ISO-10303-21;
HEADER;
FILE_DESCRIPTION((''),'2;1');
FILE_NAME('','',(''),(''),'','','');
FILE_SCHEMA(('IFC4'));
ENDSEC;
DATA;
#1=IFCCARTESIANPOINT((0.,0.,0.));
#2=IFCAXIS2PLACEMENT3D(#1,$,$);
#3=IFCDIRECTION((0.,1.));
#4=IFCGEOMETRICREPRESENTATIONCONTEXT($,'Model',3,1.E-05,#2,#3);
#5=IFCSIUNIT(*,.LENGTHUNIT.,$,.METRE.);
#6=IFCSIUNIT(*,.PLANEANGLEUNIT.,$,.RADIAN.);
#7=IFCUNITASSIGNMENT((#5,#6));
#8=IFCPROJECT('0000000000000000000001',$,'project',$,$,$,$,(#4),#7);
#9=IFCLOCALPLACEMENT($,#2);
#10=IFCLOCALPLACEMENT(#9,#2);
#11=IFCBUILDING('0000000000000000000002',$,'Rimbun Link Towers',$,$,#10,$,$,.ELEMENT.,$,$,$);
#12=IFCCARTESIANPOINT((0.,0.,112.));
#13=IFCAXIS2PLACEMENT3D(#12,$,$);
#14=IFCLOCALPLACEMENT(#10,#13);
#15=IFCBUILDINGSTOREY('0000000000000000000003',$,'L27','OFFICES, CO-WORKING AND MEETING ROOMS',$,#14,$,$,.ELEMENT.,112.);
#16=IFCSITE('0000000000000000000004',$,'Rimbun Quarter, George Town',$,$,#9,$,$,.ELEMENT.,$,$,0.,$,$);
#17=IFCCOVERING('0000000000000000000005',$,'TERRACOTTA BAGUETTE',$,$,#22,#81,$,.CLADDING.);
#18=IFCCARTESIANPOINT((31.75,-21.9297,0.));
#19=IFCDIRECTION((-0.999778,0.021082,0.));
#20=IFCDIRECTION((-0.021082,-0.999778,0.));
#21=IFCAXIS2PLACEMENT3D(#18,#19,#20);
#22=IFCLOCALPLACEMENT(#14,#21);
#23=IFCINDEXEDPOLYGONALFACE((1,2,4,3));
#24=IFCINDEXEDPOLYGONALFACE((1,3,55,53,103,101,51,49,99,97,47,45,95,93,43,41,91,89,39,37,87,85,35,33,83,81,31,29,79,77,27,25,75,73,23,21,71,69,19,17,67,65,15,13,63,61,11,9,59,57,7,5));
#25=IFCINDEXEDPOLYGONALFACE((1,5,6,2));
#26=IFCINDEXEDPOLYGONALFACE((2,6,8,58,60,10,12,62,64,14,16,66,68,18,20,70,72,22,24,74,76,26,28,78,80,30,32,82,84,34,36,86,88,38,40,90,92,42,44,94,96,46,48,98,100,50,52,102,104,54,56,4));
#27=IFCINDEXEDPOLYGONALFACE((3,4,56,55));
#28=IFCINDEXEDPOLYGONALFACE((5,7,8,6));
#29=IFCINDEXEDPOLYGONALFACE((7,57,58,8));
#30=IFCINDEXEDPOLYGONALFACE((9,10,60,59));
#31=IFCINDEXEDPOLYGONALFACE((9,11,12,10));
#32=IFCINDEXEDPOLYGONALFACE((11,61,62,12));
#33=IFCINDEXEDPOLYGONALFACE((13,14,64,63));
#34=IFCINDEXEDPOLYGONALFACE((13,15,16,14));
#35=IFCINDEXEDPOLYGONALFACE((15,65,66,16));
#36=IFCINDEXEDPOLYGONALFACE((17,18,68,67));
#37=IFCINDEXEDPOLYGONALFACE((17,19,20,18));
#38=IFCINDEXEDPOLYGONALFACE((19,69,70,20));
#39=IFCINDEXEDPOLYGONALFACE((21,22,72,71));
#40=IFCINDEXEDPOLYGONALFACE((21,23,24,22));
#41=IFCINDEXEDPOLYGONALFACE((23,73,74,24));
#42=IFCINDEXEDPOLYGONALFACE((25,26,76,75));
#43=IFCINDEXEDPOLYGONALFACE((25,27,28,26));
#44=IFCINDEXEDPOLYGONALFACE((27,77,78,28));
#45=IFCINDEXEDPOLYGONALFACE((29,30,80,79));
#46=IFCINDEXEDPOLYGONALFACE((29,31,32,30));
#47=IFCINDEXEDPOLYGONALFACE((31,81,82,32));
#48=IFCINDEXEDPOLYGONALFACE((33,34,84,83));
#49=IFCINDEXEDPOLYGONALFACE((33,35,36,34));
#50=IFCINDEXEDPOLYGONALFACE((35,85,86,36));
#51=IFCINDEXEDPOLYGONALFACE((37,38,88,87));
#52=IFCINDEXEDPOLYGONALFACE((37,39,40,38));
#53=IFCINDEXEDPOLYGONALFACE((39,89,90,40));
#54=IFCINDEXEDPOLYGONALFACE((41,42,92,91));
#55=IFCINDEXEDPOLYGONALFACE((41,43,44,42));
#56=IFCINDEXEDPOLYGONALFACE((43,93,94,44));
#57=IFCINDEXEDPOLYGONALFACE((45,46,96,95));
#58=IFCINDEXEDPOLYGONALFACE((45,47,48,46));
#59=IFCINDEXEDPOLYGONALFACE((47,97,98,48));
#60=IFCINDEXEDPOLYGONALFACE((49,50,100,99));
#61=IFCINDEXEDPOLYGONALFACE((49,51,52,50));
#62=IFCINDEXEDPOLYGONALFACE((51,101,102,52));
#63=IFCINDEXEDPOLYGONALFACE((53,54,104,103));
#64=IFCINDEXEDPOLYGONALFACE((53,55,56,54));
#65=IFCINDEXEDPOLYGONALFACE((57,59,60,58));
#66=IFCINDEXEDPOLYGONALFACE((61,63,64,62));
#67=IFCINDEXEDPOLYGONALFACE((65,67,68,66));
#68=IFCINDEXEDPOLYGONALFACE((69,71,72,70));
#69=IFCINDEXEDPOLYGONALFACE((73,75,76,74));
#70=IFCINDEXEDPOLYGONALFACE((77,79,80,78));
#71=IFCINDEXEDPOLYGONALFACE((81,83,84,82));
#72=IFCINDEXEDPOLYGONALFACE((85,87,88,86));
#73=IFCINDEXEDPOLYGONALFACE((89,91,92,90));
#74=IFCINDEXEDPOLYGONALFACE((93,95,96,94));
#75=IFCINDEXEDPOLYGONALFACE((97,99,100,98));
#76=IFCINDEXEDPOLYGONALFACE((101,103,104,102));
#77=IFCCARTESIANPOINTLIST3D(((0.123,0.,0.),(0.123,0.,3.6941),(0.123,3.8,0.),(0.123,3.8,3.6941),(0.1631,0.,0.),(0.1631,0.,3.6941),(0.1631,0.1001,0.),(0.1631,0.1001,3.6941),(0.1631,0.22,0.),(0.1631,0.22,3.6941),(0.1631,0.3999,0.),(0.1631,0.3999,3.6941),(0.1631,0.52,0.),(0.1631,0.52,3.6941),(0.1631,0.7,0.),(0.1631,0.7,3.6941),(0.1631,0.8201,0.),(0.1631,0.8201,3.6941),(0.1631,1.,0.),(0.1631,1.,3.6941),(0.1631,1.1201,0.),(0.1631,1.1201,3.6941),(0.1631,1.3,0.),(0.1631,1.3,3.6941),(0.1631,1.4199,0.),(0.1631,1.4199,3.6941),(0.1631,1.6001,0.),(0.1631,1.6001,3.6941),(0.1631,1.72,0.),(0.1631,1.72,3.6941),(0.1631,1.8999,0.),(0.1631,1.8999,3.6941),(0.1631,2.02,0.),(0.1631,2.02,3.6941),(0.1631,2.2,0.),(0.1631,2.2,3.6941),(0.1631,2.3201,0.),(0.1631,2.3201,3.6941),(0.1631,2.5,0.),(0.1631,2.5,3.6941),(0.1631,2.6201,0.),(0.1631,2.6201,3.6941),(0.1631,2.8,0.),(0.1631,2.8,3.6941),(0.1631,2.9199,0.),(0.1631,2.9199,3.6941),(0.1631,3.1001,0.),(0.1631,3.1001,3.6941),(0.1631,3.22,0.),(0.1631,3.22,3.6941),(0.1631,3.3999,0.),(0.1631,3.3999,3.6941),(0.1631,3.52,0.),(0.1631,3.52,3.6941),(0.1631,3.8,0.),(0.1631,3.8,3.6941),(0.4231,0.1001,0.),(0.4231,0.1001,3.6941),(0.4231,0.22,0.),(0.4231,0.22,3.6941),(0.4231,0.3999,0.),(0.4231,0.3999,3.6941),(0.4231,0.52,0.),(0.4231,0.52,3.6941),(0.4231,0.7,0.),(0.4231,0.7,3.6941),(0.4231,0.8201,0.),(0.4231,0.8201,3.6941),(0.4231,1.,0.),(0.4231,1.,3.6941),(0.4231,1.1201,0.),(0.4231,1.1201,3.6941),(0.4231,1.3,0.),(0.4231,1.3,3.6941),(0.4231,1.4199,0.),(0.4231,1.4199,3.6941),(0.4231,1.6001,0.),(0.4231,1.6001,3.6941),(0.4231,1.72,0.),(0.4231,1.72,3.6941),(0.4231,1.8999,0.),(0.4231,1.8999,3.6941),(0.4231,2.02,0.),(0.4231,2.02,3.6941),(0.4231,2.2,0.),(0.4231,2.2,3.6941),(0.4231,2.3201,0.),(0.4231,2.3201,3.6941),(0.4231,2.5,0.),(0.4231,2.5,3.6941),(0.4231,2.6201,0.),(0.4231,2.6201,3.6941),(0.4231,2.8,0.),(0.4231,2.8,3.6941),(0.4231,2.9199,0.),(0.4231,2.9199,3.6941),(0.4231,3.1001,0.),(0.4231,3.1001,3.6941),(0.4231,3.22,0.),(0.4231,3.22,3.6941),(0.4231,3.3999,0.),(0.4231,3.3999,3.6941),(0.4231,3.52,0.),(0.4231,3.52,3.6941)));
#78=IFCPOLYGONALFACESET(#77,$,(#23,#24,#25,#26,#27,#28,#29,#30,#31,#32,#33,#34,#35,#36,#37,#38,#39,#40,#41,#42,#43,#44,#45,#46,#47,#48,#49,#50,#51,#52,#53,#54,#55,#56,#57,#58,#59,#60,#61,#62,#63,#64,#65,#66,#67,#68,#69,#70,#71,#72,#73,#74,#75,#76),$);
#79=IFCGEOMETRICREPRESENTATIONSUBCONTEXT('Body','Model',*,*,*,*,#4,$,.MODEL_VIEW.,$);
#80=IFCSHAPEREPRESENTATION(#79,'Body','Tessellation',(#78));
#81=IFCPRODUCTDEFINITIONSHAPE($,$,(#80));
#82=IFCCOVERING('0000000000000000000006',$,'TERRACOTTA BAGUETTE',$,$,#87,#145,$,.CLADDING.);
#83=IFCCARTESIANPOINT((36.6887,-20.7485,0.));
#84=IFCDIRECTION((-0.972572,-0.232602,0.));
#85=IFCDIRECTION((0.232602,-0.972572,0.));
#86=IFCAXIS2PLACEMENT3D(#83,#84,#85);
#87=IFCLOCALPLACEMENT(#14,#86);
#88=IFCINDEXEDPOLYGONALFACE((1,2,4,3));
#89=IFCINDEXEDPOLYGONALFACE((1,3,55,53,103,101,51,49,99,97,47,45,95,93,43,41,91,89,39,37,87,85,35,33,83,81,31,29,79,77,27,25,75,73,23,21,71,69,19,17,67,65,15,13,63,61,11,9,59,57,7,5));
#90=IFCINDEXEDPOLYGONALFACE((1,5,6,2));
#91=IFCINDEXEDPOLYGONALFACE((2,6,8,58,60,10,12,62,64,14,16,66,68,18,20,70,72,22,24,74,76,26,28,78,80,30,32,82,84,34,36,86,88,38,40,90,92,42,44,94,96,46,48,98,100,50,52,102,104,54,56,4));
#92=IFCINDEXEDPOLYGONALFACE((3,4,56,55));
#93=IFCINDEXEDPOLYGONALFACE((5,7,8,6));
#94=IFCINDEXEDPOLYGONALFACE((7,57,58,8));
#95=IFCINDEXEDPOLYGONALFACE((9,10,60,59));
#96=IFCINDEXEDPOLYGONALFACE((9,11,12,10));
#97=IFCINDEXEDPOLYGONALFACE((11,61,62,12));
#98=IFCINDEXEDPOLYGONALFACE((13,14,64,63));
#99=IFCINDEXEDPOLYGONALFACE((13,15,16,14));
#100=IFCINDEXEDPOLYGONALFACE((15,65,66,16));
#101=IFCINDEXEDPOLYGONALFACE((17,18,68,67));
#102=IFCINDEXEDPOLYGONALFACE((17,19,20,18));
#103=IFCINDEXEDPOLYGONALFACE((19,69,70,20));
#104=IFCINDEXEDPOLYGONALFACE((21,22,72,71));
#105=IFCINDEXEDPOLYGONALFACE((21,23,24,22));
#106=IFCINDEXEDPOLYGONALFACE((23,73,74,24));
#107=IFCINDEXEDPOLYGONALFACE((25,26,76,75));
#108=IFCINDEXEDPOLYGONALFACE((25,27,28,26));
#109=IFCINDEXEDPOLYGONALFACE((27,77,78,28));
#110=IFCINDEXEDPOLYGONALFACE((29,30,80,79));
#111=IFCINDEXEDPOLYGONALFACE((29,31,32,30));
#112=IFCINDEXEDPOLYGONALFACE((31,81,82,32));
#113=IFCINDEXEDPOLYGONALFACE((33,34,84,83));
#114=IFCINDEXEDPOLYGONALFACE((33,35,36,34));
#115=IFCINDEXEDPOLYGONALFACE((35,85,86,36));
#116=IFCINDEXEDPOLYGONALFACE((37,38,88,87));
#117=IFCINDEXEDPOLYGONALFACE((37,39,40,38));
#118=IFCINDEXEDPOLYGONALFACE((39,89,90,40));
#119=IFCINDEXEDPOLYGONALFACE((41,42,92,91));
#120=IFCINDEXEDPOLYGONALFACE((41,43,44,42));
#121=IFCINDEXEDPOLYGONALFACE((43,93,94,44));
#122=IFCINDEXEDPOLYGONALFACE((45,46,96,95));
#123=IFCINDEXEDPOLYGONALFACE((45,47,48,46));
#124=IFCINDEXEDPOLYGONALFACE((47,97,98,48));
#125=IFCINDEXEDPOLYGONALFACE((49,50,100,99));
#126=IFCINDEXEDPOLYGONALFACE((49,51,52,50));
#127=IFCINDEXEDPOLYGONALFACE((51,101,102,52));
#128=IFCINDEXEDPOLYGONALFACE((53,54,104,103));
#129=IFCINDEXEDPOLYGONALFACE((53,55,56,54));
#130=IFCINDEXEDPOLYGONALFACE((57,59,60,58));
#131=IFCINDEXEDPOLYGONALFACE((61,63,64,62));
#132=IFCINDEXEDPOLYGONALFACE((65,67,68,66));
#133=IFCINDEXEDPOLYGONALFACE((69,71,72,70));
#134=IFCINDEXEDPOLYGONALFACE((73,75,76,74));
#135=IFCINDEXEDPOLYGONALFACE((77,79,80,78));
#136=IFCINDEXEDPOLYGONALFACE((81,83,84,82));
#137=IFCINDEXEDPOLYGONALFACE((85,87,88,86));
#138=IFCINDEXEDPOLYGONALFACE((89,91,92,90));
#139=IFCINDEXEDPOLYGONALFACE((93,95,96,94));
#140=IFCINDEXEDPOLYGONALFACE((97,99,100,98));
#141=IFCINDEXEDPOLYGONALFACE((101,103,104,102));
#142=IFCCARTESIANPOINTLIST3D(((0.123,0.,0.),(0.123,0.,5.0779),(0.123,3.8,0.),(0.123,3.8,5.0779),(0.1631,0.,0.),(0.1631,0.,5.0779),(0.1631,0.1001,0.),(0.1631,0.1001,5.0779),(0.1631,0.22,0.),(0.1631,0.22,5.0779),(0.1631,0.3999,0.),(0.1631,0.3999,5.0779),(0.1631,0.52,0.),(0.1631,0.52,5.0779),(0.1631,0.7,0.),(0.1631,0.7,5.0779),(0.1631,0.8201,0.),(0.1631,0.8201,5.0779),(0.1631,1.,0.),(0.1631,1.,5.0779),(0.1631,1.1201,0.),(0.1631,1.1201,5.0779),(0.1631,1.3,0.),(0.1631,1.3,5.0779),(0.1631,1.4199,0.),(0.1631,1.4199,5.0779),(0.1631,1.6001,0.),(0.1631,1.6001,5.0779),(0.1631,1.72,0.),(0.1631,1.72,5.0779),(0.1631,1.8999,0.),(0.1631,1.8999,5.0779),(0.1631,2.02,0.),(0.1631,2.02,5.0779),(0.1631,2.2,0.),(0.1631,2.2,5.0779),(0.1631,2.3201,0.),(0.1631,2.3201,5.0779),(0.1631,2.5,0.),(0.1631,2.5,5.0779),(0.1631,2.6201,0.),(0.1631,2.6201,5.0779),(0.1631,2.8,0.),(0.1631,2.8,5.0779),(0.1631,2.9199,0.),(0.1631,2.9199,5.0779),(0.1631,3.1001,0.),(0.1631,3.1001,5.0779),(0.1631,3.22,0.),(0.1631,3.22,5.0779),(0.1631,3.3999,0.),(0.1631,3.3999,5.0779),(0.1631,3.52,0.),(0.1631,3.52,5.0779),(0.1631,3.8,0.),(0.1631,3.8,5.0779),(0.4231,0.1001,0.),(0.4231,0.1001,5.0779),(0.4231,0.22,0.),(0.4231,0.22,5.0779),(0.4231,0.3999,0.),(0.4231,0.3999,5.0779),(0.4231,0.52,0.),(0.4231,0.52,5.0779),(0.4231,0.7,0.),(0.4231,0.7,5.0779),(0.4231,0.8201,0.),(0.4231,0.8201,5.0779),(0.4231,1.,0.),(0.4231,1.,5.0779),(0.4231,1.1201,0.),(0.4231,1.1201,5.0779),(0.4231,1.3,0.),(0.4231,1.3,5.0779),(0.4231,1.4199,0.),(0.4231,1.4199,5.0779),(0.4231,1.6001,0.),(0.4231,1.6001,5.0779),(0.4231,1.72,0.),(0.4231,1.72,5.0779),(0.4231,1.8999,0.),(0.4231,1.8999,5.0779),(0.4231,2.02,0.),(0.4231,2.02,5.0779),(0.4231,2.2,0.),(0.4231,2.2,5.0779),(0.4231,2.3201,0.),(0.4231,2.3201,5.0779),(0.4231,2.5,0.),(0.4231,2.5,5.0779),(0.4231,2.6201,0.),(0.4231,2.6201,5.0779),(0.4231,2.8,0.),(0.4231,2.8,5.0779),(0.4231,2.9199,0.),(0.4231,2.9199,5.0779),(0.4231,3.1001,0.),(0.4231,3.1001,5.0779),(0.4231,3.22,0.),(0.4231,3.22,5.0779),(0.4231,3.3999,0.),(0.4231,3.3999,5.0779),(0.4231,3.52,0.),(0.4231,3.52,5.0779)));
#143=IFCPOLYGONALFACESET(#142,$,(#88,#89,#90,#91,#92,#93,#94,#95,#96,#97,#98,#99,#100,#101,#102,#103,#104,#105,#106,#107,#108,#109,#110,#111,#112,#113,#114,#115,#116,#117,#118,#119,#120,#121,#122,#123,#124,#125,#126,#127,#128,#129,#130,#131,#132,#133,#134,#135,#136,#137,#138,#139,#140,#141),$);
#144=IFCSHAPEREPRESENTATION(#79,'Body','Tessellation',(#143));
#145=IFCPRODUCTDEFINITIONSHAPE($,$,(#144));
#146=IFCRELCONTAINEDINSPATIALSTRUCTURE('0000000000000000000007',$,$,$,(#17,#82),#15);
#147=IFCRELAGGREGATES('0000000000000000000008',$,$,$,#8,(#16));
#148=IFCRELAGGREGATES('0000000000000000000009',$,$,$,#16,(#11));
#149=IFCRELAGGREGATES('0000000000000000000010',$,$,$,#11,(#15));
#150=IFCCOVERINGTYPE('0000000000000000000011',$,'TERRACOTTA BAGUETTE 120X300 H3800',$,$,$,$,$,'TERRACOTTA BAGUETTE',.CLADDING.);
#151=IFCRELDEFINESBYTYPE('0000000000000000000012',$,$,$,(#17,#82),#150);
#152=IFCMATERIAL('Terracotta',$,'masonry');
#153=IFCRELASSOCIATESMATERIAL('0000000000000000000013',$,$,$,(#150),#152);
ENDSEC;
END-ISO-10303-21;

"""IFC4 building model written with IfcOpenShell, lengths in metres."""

from ifc_helpers import new_model, si_unit, direction, frame, origin, place, context, subcontext, project, spatial, polyline, outline, extrude, material, material_profile, profile_set, type_object, element, save


model = new_model("IFC4")

# Units and contexts
model_context = context("Model", 3, precision=1e-05, world=origin(), true_north=direction((0.0, 1.0)))
body_context = subcontext(model_context, "Body", "Model", "MODEL_VIEW")
ifc_project = project(units=[si_unit("LENGTHUNIT", "METRE"), si_unit("PLANEANGLEUNIT", "RADIAN")], contexts=[model_context])

# Site, building, storey
site_placement = place(None, origin())
site = spatial("IfcSite", under=ifc_project, at=site_placement, Name="Rimbun Quarter, George Town", CompositionType="ELEMENT", RefElevation=0.0)
building_placement = place(site_placement, origin())
building = spatial("IfcBuilding", under=site, at=building_placement, Name="Rimbun Link Towers", CompositionType="ELEMENT")
storey_placement = place(building_placement, frame((0.0, 0.0, 112.0)))
storey = spatial("IfcBuildingStorey", under=building, at=storey_placement, Name="L27", Description="OFFICES, CO-WORKING AND MEETING ROOMS", CompositionType="ELEMENT", Elevation=112.0)

# Coverings
ifc_material_1 = material(Name="Terracotta", Category="masonry")
ifc_material_profile_1 = material_profile(ifc_material_1, outline(polyline([(0.123, 0.0), (0.1631, 0.0), (0.1631, 0.1001), (0.4231, 0.1001), (0.4231, 0.22), (0.1631, 0.22), (0.1631, 0.3999), (0.4231, 0.3999), (0.4231, 0.52), (0.1631, 0.52), (0.1631, 0.7), (0.4231, 0.7), (0.4231, 0.8201), (0.1631, 0.8201), (0.1631, 1.0), (0.4231, 1.0), (0.4231, 1.1201), (0.1631, 1.1201), (0.1631, 1.3), (0.4231, 1.3), (0.4231, 1.4199), (0.1631, 1.4199), (0.1631, 1.6001), (0.4231, 1.6001), (0.4231, 1.72), (0.1631, 1.72), (0.1631, 1.8999), (0.4231, 1.8999), (0.4231, 2.02), (0.1631, 2.02), (0.1631, 2.2), (0.4231, 2.2), (0.4231, 2.3201), (0.1631, 2.3201), (0.1631, 2.5), (0.4231, 2.5), (0.4231, 2.6201), (0.1631, 2.6201), (0.1631, 2.8), (0.4231, 2.8), (0.4231, 2.9199), (0.1631, 2.9199), (0.1631, 3.1001), (0.4231, 3.1001), (0.4231, 3.22), (0.1631, 3.22), (0.1631, 3.3999), (0.4231, 3.3999), (0.4231, 3.52), (0.1631, 3.52), (0.1631, 3.8), (0.123, 3.8), (0.123, 0.0)])), Name="BAGUETTE 120X300")
ifc_profile_set_1 = profile_set([ifc_material_profile_1], Name="Terracotta")
covering_type = type_object("IfcCoveringType", Name="TERRACOTTA BAGUETTE 120X300 H3800", ElementType="TERRACOTTA BAGUETTE", PredefinedType="CLADDING", material=ifc_profile_set_1)
covering_1_placement = place(storey_placement, frame((31.75, -21.9297, 0.0), z_axis=(-0.999778, 0.021082, 0.0), x_axis=(-0.021082, -0.999778, 0.0)))
element("IfcCovering", 1, at=covering_1_placement, inside=storey, type_object=covering_type, Name="TERRACOTTA BAGUETTE", PredefinedType="CLADDING", context=body_context, shape_type="SweptSolid", body=[
    extrude(outline(polyline([(0.123, 0.0), (0.1631, 0.0), (0.1631, 0.1001), (0.4231, 0.1001), (0.4231, 0.22), (0.1631, 0.22), (0.1631, 0.3999), (0.4231, 0.3999), (0.4231, 0.52), (0.1631, 0.52), (0.1631, 0.7), (0.4231, 0.7), (0.4231, 0.8201), (0.1631, 0.8201), (0.1631, 1.0), (0.4231, 1.0), (0.4231, 1.1201), (0.1631, 1.1201), (0.1631, 1.3), (0.4231, 1.3), (0.4231, 1.4199), (0.1631, 1.4199), (0.1631, 1.6001), (0.4231, 1.6001), (0.4231, 1.72), (0.1631, 1.72), (0.1631, 1.8999), (0.4231, 1.8999), (0.4231, 2.02), (0.1631, 2.02), (0.1631, 2.2), (0.4231, 2.2), (0.4231, 2.3201), (0.1631, 2.3201), (0.1631, 2.5), (0.4231, 2.5), (0.4231, 2.6201), (0.1631, 2.6201), (0.1631, 2.8), (0.4231, 2.8), (0.4231, 2.9199), (0.1631, 2.9199), (0.1631, 3.1001), (0.4231, 3.1001), (0.4231, 3.22), (0.1631, 3.22), (0.1631, 3.3999), (0.4231, 3.3999), (0.4231, 3.52), (0.1631, 3.52), (0.1631, 3.8), (0.123, 3.8), (0.123, 0.0)])), origin(), (0.0, 0.0, 1.0), 3.6941),
])
covering_2_placement = place(storey_placement, frame((36.6887, -20.7485, 0.0), z_axis=(-0.972572, -0.232602, 0.0), x_axis=(0.232602, -0.972572, 0.0)))
element("IfcCovering", 2, at=covering_2_placement, inside=storey, type_object=covering_type, Name="TERRACOTTA BAGUETTE", PredefinedType="CLADDING", context=body_context, shape_type="SweptSolid", body=[
    extrude(outline(polyline([(0.123, 0.0), (0.1631, 0.0), (0.1631, 0.1001), (0.4231, 0.1001), (0.4231, 0.22), (0.1631, 0.22), (0.1631, 0.3999), (0.4231, 0.3999), (0.4231, 0.52), (0.1631, 0.52), (0.1631, 0.7), (0.4231, 0.7), (0.4231, 0.8201), (0.1631, 0.8201), (0.1631, 1.0), (0.4231, 1.0), (0.4231, 1.1201), (0.1631, 1.1201), (0.1631, 1.3), (0.4231, 1.3), (0.4231, 1.4199), (0.1631, 1.4199), (0.1631, 1.6001), (0.4231, 1.6001), (0.4231, 1.72), (0.1631, 1.72), (0.1631, 1.8999), (0.4231, 1.8999), (0.4231, 2.02), (0.1631, 2.02), (0.1631, 2.2), (0.4231, 2.2), (0.4231, 2.3201), (0.1631, 2.3201), (0.1631, 2.5), (0.4231, 2.5), (0.4231, 2.6201), (0.1631, 2.6201), (0.1631, 2.8), (0.4231, 2.8), (0.4231, 2.9199), (0.1631, 2.9199), (0.1631, 3.1001), (0.4231, 3.1001), (0.4231, 3.22), (0.1631, 3.22), (0.1631, 3.3999), (0.4231, 3.3999), (0.4231, 3.52), (0.1631, 3.52), (0.1631, 3.8), (0.123, 3.8), (0.123, 0.0)])), origin(), (0.0, 0.0, 1.0), 5.0779),
])

save(model, "model.ifc")
